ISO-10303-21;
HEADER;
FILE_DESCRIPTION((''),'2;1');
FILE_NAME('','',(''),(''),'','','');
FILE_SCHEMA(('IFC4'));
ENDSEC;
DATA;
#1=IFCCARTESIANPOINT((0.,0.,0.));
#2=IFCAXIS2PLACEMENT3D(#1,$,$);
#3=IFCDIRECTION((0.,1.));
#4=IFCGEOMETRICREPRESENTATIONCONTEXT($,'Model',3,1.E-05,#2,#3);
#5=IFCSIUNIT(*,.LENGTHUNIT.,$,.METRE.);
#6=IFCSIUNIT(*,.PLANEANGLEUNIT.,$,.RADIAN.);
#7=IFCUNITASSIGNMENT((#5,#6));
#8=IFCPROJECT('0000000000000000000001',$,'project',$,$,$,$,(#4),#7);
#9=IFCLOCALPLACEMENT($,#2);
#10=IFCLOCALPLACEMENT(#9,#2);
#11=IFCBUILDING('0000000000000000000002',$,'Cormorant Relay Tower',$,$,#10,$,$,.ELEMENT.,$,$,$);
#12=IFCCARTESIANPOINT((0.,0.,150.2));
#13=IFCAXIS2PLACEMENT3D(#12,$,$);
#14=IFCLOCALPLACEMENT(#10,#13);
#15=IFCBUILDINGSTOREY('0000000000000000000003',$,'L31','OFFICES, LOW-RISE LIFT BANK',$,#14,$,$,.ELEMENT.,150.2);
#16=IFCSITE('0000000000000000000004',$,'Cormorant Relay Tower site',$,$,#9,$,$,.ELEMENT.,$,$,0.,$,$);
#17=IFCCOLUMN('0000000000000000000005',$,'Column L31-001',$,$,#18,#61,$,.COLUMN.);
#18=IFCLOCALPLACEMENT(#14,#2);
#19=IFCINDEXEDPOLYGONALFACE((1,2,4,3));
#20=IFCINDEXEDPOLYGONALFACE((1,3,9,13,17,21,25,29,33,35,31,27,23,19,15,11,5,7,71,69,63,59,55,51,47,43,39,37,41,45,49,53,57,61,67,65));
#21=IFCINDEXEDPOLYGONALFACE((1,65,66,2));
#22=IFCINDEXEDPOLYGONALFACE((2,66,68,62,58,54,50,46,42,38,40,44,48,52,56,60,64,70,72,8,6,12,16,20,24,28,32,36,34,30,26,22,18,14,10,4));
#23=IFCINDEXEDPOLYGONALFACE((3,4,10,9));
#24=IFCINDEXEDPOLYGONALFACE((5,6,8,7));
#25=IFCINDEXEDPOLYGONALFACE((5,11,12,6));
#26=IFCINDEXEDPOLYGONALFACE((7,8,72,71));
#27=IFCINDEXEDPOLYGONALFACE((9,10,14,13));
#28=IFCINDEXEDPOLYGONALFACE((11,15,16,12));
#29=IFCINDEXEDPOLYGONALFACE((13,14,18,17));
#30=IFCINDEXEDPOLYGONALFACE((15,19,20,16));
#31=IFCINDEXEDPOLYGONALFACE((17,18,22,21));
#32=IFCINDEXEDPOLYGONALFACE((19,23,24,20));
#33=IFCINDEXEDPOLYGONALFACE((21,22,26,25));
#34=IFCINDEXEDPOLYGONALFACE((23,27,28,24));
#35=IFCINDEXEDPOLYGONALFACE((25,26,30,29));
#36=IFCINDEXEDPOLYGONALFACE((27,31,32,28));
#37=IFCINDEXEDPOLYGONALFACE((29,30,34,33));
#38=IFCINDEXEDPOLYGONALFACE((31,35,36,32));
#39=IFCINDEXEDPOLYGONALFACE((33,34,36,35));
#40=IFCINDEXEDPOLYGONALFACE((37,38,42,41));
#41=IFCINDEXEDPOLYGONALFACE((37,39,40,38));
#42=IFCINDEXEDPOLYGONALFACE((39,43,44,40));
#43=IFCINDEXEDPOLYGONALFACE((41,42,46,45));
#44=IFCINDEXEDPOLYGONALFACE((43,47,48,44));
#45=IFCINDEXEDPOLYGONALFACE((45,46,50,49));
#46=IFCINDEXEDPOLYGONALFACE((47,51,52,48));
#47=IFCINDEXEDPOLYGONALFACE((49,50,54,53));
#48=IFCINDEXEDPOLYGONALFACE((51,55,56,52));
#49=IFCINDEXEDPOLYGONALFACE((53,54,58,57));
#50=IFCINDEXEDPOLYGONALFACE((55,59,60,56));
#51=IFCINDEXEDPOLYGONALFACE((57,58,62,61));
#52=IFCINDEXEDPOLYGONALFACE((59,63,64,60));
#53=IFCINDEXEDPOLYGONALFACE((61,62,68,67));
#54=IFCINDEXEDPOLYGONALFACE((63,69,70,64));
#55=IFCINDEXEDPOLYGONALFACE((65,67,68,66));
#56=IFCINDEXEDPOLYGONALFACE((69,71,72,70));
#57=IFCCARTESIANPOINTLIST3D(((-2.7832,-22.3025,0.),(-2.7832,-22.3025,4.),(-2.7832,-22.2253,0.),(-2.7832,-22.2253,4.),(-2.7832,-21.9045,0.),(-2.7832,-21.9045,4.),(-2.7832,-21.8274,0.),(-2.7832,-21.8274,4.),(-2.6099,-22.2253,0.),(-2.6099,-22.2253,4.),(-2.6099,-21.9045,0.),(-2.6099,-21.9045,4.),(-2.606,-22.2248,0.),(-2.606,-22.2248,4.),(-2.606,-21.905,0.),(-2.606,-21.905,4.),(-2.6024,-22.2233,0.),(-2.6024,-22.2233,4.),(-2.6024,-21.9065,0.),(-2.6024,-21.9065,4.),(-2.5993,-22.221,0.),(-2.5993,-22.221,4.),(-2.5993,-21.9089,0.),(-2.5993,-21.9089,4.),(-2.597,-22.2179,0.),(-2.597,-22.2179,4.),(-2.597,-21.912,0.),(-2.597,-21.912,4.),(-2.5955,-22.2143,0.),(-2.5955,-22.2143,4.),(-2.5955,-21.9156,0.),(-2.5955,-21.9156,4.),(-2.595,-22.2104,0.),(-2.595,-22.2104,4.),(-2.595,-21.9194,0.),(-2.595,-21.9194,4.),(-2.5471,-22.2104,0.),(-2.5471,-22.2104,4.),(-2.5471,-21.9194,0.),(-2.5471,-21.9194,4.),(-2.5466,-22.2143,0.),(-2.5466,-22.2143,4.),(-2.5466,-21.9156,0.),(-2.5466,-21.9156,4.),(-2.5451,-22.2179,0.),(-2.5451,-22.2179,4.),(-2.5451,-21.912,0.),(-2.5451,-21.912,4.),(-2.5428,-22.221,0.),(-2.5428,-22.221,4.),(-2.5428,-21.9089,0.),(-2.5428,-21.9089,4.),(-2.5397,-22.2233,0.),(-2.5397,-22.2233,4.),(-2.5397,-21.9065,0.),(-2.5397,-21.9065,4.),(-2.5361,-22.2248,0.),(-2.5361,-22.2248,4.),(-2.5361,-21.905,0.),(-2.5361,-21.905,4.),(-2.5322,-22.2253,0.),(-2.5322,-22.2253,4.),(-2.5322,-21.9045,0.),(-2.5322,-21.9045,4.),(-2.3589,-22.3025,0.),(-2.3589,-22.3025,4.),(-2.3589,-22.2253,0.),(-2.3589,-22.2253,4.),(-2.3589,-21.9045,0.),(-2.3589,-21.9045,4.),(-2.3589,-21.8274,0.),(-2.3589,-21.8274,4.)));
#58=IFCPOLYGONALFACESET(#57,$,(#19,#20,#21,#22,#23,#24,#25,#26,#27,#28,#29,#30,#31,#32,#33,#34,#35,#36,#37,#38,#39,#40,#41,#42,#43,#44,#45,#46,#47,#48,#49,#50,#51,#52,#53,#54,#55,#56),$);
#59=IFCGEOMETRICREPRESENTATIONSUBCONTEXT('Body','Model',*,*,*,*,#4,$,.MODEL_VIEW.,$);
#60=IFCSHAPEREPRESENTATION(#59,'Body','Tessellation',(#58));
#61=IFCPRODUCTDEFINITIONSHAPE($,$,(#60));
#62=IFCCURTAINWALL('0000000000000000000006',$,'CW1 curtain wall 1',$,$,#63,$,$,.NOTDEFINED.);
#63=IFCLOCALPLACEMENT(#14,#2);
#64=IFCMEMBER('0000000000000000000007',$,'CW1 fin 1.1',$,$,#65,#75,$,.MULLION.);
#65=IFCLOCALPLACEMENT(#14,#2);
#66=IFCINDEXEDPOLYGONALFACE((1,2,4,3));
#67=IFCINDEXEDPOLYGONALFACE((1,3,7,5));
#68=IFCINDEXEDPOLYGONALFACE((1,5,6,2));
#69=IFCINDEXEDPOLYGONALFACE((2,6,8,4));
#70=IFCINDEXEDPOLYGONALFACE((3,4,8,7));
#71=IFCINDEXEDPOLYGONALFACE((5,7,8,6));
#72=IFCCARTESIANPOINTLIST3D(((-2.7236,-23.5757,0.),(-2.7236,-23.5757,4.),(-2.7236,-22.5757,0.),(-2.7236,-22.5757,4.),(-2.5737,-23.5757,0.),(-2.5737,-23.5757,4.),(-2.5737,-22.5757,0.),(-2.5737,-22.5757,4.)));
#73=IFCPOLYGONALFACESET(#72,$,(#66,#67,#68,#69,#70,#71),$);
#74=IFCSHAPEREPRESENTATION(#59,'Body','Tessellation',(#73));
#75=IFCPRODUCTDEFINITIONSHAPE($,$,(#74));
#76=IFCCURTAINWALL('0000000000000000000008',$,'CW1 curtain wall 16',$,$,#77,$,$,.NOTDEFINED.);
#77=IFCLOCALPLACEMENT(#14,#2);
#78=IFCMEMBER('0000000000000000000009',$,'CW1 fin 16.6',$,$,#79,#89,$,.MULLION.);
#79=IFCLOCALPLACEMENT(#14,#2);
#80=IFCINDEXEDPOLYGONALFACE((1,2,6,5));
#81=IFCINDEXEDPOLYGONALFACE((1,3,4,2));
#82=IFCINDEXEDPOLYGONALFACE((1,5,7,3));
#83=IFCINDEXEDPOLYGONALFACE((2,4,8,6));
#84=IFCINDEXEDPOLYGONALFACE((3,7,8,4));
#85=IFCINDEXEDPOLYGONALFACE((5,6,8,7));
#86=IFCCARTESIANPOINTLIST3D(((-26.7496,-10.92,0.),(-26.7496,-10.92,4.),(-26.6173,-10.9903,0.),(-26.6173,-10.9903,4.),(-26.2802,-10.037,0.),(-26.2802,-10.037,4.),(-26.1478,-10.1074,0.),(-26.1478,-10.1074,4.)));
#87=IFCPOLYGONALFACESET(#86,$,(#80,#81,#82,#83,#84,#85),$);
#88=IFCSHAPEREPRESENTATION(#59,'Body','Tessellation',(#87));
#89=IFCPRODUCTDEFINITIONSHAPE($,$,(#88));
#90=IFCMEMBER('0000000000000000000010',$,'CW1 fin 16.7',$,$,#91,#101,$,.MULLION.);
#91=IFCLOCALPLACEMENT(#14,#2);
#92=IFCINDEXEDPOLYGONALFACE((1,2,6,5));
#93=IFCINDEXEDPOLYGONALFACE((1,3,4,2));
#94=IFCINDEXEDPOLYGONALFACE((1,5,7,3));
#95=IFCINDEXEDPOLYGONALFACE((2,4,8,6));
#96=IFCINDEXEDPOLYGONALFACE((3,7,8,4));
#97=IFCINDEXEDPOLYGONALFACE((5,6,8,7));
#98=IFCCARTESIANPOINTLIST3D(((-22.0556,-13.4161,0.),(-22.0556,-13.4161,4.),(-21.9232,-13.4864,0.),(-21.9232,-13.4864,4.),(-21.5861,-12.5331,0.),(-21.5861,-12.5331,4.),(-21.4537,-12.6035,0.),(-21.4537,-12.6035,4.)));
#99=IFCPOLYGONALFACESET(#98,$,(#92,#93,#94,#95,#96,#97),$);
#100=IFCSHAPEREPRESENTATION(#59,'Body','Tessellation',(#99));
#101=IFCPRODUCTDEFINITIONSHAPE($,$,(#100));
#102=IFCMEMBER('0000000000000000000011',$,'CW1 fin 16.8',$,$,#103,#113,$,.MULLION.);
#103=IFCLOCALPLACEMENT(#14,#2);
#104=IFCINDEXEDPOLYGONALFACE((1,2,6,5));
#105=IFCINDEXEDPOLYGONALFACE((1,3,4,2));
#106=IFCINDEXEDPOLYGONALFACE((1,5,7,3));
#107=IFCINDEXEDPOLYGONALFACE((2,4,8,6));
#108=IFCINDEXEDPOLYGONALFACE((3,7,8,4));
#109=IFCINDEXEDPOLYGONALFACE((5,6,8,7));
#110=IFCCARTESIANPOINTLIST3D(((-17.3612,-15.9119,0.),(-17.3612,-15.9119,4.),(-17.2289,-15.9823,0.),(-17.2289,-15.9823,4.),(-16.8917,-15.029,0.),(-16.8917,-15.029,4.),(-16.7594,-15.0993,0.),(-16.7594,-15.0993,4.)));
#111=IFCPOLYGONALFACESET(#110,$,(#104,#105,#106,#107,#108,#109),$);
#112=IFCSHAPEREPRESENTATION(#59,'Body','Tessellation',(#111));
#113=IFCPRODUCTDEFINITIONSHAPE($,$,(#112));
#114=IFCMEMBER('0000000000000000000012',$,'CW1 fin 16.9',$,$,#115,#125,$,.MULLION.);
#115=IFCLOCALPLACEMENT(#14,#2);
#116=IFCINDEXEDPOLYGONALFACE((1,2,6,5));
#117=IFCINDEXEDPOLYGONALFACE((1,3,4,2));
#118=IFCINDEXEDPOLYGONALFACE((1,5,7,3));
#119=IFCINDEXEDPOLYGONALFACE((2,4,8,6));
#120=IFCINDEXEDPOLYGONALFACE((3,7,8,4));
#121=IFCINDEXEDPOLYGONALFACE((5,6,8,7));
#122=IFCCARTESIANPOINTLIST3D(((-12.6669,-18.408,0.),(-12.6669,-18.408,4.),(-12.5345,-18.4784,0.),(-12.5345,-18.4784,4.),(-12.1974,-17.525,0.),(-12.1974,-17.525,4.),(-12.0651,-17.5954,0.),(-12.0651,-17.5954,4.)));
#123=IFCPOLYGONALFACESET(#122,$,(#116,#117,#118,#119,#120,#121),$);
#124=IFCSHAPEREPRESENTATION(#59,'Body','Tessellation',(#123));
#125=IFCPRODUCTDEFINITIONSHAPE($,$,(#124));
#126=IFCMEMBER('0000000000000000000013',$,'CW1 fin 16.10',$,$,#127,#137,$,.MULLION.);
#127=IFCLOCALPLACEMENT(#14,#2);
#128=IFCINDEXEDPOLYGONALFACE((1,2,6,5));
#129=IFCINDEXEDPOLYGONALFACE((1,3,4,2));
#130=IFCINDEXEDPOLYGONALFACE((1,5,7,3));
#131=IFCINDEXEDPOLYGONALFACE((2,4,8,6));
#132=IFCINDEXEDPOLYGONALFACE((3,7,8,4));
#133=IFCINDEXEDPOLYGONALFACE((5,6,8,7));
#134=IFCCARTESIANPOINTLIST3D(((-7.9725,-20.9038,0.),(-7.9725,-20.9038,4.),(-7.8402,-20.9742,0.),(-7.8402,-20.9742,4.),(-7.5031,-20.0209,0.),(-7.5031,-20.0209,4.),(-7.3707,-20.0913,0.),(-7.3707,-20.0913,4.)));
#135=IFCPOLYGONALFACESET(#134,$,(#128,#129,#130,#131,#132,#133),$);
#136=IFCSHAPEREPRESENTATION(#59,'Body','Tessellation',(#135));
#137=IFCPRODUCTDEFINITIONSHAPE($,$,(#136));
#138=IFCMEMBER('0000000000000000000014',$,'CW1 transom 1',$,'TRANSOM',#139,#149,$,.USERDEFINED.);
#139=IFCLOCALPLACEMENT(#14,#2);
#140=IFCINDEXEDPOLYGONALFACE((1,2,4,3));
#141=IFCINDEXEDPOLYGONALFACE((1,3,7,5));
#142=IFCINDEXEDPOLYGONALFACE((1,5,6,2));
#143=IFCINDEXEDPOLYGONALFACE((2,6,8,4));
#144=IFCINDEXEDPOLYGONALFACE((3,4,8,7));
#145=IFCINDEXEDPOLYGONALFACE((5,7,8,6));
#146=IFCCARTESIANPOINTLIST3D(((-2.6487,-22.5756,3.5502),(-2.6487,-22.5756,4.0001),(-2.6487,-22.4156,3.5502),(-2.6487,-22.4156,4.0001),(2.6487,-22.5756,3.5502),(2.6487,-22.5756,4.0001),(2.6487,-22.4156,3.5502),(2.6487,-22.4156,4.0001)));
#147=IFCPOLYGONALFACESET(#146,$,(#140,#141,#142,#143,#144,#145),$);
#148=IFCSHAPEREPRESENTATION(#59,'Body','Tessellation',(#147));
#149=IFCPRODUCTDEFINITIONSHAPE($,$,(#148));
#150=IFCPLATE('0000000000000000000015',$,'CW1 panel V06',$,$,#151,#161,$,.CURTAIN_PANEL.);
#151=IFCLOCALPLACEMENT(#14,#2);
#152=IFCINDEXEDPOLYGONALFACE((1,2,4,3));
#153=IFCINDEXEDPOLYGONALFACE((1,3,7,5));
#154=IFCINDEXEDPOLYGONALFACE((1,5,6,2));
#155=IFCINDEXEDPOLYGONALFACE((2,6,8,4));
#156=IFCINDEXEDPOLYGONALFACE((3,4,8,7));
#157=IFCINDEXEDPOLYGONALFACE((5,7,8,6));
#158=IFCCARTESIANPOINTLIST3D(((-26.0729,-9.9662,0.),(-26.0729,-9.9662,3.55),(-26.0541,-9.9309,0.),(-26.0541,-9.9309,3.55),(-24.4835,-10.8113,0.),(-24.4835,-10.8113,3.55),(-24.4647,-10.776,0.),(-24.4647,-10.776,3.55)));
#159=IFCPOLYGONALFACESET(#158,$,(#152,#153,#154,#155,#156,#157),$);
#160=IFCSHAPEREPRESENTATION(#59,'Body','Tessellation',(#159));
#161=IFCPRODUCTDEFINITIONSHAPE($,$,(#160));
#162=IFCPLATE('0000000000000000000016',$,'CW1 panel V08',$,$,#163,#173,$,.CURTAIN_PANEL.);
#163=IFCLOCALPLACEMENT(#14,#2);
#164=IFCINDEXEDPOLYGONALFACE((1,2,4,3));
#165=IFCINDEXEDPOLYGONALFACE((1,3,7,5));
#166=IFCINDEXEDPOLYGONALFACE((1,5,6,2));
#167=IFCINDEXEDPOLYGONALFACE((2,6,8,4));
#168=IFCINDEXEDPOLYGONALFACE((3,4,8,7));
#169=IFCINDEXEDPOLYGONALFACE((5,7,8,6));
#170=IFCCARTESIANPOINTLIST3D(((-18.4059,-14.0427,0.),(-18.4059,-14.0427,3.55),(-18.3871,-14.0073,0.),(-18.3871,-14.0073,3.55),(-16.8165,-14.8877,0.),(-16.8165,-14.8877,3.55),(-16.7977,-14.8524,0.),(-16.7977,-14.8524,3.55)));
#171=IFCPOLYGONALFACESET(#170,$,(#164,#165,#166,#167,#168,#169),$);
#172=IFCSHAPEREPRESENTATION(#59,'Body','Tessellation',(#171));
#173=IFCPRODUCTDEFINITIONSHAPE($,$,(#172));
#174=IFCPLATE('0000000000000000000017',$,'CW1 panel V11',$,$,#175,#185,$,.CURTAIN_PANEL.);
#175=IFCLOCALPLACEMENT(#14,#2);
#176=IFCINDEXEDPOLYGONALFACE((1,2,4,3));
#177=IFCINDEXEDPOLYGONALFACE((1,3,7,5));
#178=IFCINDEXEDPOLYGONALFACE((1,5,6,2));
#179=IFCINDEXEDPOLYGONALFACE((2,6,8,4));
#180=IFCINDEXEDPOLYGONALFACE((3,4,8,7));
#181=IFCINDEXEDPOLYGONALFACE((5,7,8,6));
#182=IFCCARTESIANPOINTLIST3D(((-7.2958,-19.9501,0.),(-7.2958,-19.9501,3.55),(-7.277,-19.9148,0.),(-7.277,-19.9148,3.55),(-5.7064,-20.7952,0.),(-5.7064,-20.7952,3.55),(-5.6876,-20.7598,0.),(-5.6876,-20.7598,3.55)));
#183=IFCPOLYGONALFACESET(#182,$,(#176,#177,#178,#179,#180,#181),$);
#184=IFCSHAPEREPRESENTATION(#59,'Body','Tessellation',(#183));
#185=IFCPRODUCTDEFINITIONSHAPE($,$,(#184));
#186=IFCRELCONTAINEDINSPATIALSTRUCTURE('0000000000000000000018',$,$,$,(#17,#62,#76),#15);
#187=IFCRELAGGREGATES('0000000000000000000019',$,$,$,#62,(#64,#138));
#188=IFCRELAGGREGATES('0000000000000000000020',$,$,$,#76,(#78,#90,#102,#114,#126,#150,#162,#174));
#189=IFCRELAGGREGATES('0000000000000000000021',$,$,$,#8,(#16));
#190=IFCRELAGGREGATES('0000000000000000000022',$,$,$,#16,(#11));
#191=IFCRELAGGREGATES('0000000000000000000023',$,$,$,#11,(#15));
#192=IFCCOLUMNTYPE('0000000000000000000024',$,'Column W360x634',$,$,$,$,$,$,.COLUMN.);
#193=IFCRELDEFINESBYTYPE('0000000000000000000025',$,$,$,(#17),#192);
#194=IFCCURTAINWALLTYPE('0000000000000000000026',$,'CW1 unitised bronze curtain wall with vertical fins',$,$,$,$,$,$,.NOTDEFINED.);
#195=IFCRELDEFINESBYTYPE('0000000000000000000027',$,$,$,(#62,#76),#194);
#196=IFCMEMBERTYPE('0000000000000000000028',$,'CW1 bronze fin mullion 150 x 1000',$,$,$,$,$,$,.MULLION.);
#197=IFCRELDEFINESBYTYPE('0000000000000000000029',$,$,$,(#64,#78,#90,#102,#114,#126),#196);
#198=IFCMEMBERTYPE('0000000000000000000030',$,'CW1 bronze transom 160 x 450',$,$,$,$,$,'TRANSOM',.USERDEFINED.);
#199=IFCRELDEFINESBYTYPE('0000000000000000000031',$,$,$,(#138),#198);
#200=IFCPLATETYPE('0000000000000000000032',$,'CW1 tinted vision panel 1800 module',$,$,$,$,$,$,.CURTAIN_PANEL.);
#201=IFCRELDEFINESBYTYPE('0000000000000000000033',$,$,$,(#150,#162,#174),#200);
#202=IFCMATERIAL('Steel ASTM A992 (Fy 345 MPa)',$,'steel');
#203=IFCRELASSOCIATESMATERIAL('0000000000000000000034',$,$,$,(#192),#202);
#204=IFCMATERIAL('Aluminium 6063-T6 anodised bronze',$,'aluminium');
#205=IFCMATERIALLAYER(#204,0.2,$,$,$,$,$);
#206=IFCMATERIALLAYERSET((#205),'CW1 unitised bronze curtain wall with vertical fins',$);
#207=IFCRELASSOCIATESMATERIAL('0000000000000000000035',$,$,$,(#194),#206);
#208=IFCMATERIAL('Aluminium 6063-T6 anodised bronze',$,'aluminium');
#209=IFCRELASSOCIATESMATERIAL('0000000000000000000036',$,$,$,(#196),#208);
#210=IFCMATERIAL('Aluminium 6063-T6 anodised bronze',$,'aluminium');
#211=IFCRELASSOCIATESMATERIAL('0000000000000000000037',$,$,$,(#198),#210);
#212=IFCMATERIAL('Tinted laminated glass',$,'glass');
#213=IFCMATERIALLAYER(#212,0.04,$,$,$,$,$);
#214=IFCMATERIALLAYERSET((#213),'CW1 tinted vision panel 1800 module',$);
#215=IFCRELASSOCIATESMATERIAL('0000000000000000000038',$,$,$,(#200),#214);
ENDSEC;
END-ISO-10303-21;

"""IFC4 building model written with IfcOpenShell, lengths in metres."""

from ifc_helpers import new_model, si_unit, direction, frame, origin, origin_2d, place, context, subcontext, project, spatial, rectangle, i_section, extrude, material, layer, layer_set, material_profile, profile_set, type_object, element, aggregate, save


model = new_model("IFC4")

# Units and contexts
model_context = context("Model", 3, precision=1e-05, world=origin(), true_north=direction((0.0, 1.0)))
body_context = subcontext(model_context, "Body", "Model", "MODEL_VIEW")
ifc_project = project(units=[si_unit("LENGTHUNIT", "METRE"), si_unit("PLANEANGLEUNIT", "RADIAN")], contexts=[model_context])

# Site, building, storey
site_placement = place(None, origin())
site = spatial("IfcSite", under=ifc_project, at=site_placement, Name="Cormorant Relay Tower site", CompositionType="ELEMENT", RefElevation=0.0)
building_placement = place(site_placement, origin())
building = spatial("IfcBuilding", under=site, at=building_placement, Name="Cormorant Relay Tower", CompositionType="ELEMENT")
storey_placement = place(building_placement, frame((0.0, 0.0, 150.2)))
storey = spatial("IfcBuildingStorey", under=building, at=storey_placement, Name="L31", Description="OFFICES, LOW-RISE LIFT BANK", CompositionType="ELEMENT", Elevation=150.2)

# Column
ifc_material_1 = material(Name="Steel ASTM A992 (Fy 345 MPa)", Category="steel")
ifc_material_profile_1 = material_profile(ifc_material_1, i_section(OverallWidth=0.4243, OverallDepth=0.4751, WebThickness=0.0479, FlangeThickness=0.0771, FilletRadius=0.0149, at=origin_2d()), Name="W360x634")
ifc_profile_set_1 = profile_set([ifc_material_profile_1], Name="Steel ASTM A992 (Fy 345 MPa)")
column_type_1 = type_object("IfcColumnType", Name="Column W360x634", PredefinedType="COLUMN", material=ifc_profile_set_1)
column_1_placement = place(storey_placement, frame((-2.571, -22.0649, 0.0), z_axis=(0.0, 0.0, 1.0), x_axis=(1.0, 0.0, 0.0)))
element("IfcColumn", 1, at=column_1_placement, inside=storey, type_object=column_type_1, Name="Column L31-001", PredefinedType="COLUMN", context=body_context, shape_type="SweptSolid", body=[
    extrude(i_section(OverallWidth=0.4243, OverallDepth=0.4751, WebThickness=0.0479, FlangeThickness=0.0771, FilletRadius=0.0149, at=origin_2d()), origin(), (0.0, 0.0, 1.0), 4.0),
])

# Curtain wall, member
ifc_material_2 = material(Name="Aluminium 6063-T6 anodised bronze", Category="aluminium")
ifc_layer_1 = layer(ifc_material_2, 0.2)
ifc_layer_set_1 = layer_set([ifc_layer_1], Name="CW1 unitised bronze curtain wall with vertical fins")
curtain_wall_type = type_object("IfcCurtainWallType", Name="CW1 unitised bronze curtain wall with vertical fins", PredefinedType="NOTDEFINED", material=ifc_layer_set_1)
curtain_wall_1_placement = place(storey_placement, origin())
curtain_wall_1 = element("IfcCurtainWall", 2, at=curtain_wall_1_placement, inside=storey, type_object=curtain_wall_type, Name="CW1 curtain wall 1", PredefinedType="NOTDEFINED")
ifc_material_3 = material(Name="Aluminium 6063-T6 anodised bronze", Category="aluminium")
ifc_material_profile_2 = material_profile(ifc_material_3, rectangle(XDim=0.1499, YDim=1.0, at=origin_2d()), Name="AL 150x1000")
ifc_profile_set_2 = profile_set([ifc_material_profile_2], Name="Aluminium 6063-T6 anodised bronze")
member_type_1 = type_object("IfcMemberType", Name="CW1 bronze fin mullion 150 x 1000", PredefinedType="MULLION", material=ifc_profile_set_2)
member_1_placement = place(storey_placement, frame((-2.6487, -23.0757, 0.0), z_axis=(0.0, 0.0, 1.0), x_axis=(1.0, 0.0, 0.0)))
member_1 = element("IfcMember", 3, at=member_1_placement, type_object=member_type_1, Name="CW1 fin 1.1", PredefinedType="MULLION", context=body_context, shape_type="SweptSolid", body=[
    extrude(rectangle(XDim=0.1499, YDim=1.0, at=origin_2d()), origin(), (0.0, 0.0, 1.0), 4.0),
])

# Curtain wall, members
curtain_wall_2_placement = place(storey_placement, origin())
curtain_wall_2 = element("IfcCurtainWall", 4, at=curtain_wall_2_placement, inside=storey, type_object=curtain_wall_type, Name="CW1 curtain wall 16", PredefinedType="NOTDEFINED")
member_2_placement = place(storey_placement, frame((-26.4487, -10.5137, 0.0), z_axis=(0.0, 0.0, 1.0), x_axis=(0.882948, -0.469472, 0.0)))
member_2 = element("IfcMember", 5, at=member_2_placement, type_object=member_type_1, Name="CW1 fin 16.6", PredefinedType="MULLION", context=body_context, shape_type="SweptSolid", body=[
    extrude(rectangle(XDim=0.1499, YDim=1.0, at=origin_2d()), origin(), (0.0, 0.0, 1.0), 4.0),
])
member_3_placement = place(storey_placement, frame((-21.7546, -13.0098, 0.0), z_axis=(0.0, 0.0, 1.0), x_axis=(0.882948, -0.469472, 0.0)))
member_3 = element("IfcMember", 6, at=member_3_placement, type_object=member_type_1, Name="CW1 fin 16.7", PredefinedType="MULLION", context=body_context, shape_type="SweptSolid", body=[
    extrude(rectangle(XDim=0.1499, YDim=1.0, at=origin_2d()), origin(), (0.0, 0.0, 1.0), 4.0),
])
member_4_placement = place(storey_placement, frame((-17.0603, -15.5056, 0.0), z_axis=(0.0, 0.0, 1.0), x_axis=(0.882948, -0.469472, 0.0)))
member_4 = element("IfcMember", 7, at=member_4_placement, type_object=member_type_1, Name="CW1 fin 16.8", PredefinedType="MULLION", context=body_context, shape_type="SweptSolid", body=[
    extrude(rectangle(XDim=0.1499, YDim=1.0, at=origin_2d()), origin(), (0.0, 0.0, 1.0), 4.0),
])
member_5_placement = place(storey_placement, frame((-12.366, -18.0017, 0.0), z_axis=(0.0, 0.0, 1.0), x_axis=(0.882948, -0.469472, 0.0)))
member_5 = element("IfcMember", 8, at=member_5_placement, type_object=member_type_1, Name="CW1 fin 16.9", PredefinedType="MULLION", context=body_context, shape_type="SweptSolid", body=[
    extrude(rectangle(XDim=0.1499, YDim=1.0, at=origin_2d()), origin(), (0.0, 0.0, 1.0), 4.0),
])
member_6_placement = place(storey_placement, frame((-7.6716, -20.4976, 0.0), z_axis=(0.0, 0.0, 1.0), x_axis=(0.882948, -0.469472, 0.0)))
member_6 = element("IfcMember", 9, at=member_6_placement, type_object=member_type_1, Name="CW1 fin 16.10", PredefinedType="MULLION", context=body_context, shape_type="SweptSolid", body=[
    extrude(rectangle(XDim=0.1499, YDim=1.0, at=origin_2d()), origin(), (0.0, 0.0, 1.0), 4.0),
])

# Member
ifc_material_4 = material(Name="Aluminium 6063-T6 anodised bronze", Category="aluminium")
ifc_material_profile_3 = material_profile(ifc_material_4, rectangle(XDim=0.1599, YDim=0.45, at=origin_2d()), Name="AL 160x450")
ifc_profile_set_3 = profile_set([ifc_material_profile_3], Name="Aluminium 6063-T6 anodised bronze")
member_type_2 = type_object("IfcMemberType", Name="CW1 bronze transom 160 x 450", ElementType="TRANSOM", PredefinedType="USERDEFINED", material=ifc_profile_set_3)
member_7_placement = place(storey_placement, frame((-2.6487, -22.4956, 3.7751), z_axis=(1.0, 0.0, 0.0), x_axis=(0.0, 1.0, 0.0)))
member_7 = element("IfcMember", 10, at=member_7_placement, type_object=member_type_2, Name="CW1 transom 1", ObjectType="TRANSOM", PredefinedType="USERDEFINED", context=body_context, shape_type="SweptSolid", body=[
    extrude(rectangle(XDim=0.1599, YDim=0.45, at=origin_2d()), origin(), (0.0, 0.0, 1.0), 5.2974),
])
aggregate(curtain_wall_1, [member_1, member_7])

# Plates
ifc_material_5 = material(Name="Tinted laminated glass", Category="glass")
ifc_layer_2 = layer(ifc_material_5, 0.04)
ifc_layer_set_2 = layer_set([ifc_layer_2], Name="CW1 tinted vision panel 1800 module")
plate_type_1 = type_object("IfcPlateType", Name="CW1 tinted vision panel 1800 module", PredefinedType="CURTAIN_PANEL", material=ifc_layer_set_2)
plate_1_placement = place(storey_placement, frame((-25.2688, -10.3711, 0.0), z_axis=(0.0, 0.0, 1.0), x_axis=(0.882948, -0.469472, 0.0)))
plate_1 = element("IfcPlate", 11, at=plate_1_placement, type_object=plate_type_1, Name="CW1 panel V06", PredefinedType="CURTAIN_PANEL", context=body_context, shape_type="SweptSolid", body=[
    extrude(rectangle(XDim=1.8, YDim=0.04, at=origin_2d()), origin(), (0.0, 0.0, 1.0), 3.55),
])
plate_2_placement = place(storey_placement, frame((-17.6018, -14.4475, 0.0), z_axis=(0.0, 0.0, 1.0), x_axis=(0.882948, -0.469472, 0.0)))
plate_2 = element("IfcPlate", 12, at=plate_2_placement, type_object=plate_type_1, Name="CW1 panel V08", PredefinedType="CURTAIN_PANEL", context=body_context, shape_type="SweptSolid", body=[
    extrude(rectangle(XDim=1.8, YDim=0.04, at=origin_2d()), origin(), (0.0, 0.0, 1.0), 3.55),
])
plate_3_placement = place(storey_placement, frame((-6.4917, -20.355, 0.0), z_axis=(0.0, 0.0, 1.0), x_axis=(0.882948, -0.469472, 0.0)))
plate_3 = element("IfcPlate", 13, at=plate_3_placement, type_object=plate_type_1, Name="CW1 panel V11", PredefinedType="CURTAIN_PANEL", context=body_context, shape_type="SweptSolid", body=[
    extrude(rectangle(XDim=1.8, YDim=0.04, at=origin_2d()), origin(), (0.0, 0.0, 1.0), 3.55),
])

aggregate(curtain_wall_2, [member_2, member_3, member_4, member_5, member_6, plate_1, plate_2, plate_3])

save(model, "model.ifc")
